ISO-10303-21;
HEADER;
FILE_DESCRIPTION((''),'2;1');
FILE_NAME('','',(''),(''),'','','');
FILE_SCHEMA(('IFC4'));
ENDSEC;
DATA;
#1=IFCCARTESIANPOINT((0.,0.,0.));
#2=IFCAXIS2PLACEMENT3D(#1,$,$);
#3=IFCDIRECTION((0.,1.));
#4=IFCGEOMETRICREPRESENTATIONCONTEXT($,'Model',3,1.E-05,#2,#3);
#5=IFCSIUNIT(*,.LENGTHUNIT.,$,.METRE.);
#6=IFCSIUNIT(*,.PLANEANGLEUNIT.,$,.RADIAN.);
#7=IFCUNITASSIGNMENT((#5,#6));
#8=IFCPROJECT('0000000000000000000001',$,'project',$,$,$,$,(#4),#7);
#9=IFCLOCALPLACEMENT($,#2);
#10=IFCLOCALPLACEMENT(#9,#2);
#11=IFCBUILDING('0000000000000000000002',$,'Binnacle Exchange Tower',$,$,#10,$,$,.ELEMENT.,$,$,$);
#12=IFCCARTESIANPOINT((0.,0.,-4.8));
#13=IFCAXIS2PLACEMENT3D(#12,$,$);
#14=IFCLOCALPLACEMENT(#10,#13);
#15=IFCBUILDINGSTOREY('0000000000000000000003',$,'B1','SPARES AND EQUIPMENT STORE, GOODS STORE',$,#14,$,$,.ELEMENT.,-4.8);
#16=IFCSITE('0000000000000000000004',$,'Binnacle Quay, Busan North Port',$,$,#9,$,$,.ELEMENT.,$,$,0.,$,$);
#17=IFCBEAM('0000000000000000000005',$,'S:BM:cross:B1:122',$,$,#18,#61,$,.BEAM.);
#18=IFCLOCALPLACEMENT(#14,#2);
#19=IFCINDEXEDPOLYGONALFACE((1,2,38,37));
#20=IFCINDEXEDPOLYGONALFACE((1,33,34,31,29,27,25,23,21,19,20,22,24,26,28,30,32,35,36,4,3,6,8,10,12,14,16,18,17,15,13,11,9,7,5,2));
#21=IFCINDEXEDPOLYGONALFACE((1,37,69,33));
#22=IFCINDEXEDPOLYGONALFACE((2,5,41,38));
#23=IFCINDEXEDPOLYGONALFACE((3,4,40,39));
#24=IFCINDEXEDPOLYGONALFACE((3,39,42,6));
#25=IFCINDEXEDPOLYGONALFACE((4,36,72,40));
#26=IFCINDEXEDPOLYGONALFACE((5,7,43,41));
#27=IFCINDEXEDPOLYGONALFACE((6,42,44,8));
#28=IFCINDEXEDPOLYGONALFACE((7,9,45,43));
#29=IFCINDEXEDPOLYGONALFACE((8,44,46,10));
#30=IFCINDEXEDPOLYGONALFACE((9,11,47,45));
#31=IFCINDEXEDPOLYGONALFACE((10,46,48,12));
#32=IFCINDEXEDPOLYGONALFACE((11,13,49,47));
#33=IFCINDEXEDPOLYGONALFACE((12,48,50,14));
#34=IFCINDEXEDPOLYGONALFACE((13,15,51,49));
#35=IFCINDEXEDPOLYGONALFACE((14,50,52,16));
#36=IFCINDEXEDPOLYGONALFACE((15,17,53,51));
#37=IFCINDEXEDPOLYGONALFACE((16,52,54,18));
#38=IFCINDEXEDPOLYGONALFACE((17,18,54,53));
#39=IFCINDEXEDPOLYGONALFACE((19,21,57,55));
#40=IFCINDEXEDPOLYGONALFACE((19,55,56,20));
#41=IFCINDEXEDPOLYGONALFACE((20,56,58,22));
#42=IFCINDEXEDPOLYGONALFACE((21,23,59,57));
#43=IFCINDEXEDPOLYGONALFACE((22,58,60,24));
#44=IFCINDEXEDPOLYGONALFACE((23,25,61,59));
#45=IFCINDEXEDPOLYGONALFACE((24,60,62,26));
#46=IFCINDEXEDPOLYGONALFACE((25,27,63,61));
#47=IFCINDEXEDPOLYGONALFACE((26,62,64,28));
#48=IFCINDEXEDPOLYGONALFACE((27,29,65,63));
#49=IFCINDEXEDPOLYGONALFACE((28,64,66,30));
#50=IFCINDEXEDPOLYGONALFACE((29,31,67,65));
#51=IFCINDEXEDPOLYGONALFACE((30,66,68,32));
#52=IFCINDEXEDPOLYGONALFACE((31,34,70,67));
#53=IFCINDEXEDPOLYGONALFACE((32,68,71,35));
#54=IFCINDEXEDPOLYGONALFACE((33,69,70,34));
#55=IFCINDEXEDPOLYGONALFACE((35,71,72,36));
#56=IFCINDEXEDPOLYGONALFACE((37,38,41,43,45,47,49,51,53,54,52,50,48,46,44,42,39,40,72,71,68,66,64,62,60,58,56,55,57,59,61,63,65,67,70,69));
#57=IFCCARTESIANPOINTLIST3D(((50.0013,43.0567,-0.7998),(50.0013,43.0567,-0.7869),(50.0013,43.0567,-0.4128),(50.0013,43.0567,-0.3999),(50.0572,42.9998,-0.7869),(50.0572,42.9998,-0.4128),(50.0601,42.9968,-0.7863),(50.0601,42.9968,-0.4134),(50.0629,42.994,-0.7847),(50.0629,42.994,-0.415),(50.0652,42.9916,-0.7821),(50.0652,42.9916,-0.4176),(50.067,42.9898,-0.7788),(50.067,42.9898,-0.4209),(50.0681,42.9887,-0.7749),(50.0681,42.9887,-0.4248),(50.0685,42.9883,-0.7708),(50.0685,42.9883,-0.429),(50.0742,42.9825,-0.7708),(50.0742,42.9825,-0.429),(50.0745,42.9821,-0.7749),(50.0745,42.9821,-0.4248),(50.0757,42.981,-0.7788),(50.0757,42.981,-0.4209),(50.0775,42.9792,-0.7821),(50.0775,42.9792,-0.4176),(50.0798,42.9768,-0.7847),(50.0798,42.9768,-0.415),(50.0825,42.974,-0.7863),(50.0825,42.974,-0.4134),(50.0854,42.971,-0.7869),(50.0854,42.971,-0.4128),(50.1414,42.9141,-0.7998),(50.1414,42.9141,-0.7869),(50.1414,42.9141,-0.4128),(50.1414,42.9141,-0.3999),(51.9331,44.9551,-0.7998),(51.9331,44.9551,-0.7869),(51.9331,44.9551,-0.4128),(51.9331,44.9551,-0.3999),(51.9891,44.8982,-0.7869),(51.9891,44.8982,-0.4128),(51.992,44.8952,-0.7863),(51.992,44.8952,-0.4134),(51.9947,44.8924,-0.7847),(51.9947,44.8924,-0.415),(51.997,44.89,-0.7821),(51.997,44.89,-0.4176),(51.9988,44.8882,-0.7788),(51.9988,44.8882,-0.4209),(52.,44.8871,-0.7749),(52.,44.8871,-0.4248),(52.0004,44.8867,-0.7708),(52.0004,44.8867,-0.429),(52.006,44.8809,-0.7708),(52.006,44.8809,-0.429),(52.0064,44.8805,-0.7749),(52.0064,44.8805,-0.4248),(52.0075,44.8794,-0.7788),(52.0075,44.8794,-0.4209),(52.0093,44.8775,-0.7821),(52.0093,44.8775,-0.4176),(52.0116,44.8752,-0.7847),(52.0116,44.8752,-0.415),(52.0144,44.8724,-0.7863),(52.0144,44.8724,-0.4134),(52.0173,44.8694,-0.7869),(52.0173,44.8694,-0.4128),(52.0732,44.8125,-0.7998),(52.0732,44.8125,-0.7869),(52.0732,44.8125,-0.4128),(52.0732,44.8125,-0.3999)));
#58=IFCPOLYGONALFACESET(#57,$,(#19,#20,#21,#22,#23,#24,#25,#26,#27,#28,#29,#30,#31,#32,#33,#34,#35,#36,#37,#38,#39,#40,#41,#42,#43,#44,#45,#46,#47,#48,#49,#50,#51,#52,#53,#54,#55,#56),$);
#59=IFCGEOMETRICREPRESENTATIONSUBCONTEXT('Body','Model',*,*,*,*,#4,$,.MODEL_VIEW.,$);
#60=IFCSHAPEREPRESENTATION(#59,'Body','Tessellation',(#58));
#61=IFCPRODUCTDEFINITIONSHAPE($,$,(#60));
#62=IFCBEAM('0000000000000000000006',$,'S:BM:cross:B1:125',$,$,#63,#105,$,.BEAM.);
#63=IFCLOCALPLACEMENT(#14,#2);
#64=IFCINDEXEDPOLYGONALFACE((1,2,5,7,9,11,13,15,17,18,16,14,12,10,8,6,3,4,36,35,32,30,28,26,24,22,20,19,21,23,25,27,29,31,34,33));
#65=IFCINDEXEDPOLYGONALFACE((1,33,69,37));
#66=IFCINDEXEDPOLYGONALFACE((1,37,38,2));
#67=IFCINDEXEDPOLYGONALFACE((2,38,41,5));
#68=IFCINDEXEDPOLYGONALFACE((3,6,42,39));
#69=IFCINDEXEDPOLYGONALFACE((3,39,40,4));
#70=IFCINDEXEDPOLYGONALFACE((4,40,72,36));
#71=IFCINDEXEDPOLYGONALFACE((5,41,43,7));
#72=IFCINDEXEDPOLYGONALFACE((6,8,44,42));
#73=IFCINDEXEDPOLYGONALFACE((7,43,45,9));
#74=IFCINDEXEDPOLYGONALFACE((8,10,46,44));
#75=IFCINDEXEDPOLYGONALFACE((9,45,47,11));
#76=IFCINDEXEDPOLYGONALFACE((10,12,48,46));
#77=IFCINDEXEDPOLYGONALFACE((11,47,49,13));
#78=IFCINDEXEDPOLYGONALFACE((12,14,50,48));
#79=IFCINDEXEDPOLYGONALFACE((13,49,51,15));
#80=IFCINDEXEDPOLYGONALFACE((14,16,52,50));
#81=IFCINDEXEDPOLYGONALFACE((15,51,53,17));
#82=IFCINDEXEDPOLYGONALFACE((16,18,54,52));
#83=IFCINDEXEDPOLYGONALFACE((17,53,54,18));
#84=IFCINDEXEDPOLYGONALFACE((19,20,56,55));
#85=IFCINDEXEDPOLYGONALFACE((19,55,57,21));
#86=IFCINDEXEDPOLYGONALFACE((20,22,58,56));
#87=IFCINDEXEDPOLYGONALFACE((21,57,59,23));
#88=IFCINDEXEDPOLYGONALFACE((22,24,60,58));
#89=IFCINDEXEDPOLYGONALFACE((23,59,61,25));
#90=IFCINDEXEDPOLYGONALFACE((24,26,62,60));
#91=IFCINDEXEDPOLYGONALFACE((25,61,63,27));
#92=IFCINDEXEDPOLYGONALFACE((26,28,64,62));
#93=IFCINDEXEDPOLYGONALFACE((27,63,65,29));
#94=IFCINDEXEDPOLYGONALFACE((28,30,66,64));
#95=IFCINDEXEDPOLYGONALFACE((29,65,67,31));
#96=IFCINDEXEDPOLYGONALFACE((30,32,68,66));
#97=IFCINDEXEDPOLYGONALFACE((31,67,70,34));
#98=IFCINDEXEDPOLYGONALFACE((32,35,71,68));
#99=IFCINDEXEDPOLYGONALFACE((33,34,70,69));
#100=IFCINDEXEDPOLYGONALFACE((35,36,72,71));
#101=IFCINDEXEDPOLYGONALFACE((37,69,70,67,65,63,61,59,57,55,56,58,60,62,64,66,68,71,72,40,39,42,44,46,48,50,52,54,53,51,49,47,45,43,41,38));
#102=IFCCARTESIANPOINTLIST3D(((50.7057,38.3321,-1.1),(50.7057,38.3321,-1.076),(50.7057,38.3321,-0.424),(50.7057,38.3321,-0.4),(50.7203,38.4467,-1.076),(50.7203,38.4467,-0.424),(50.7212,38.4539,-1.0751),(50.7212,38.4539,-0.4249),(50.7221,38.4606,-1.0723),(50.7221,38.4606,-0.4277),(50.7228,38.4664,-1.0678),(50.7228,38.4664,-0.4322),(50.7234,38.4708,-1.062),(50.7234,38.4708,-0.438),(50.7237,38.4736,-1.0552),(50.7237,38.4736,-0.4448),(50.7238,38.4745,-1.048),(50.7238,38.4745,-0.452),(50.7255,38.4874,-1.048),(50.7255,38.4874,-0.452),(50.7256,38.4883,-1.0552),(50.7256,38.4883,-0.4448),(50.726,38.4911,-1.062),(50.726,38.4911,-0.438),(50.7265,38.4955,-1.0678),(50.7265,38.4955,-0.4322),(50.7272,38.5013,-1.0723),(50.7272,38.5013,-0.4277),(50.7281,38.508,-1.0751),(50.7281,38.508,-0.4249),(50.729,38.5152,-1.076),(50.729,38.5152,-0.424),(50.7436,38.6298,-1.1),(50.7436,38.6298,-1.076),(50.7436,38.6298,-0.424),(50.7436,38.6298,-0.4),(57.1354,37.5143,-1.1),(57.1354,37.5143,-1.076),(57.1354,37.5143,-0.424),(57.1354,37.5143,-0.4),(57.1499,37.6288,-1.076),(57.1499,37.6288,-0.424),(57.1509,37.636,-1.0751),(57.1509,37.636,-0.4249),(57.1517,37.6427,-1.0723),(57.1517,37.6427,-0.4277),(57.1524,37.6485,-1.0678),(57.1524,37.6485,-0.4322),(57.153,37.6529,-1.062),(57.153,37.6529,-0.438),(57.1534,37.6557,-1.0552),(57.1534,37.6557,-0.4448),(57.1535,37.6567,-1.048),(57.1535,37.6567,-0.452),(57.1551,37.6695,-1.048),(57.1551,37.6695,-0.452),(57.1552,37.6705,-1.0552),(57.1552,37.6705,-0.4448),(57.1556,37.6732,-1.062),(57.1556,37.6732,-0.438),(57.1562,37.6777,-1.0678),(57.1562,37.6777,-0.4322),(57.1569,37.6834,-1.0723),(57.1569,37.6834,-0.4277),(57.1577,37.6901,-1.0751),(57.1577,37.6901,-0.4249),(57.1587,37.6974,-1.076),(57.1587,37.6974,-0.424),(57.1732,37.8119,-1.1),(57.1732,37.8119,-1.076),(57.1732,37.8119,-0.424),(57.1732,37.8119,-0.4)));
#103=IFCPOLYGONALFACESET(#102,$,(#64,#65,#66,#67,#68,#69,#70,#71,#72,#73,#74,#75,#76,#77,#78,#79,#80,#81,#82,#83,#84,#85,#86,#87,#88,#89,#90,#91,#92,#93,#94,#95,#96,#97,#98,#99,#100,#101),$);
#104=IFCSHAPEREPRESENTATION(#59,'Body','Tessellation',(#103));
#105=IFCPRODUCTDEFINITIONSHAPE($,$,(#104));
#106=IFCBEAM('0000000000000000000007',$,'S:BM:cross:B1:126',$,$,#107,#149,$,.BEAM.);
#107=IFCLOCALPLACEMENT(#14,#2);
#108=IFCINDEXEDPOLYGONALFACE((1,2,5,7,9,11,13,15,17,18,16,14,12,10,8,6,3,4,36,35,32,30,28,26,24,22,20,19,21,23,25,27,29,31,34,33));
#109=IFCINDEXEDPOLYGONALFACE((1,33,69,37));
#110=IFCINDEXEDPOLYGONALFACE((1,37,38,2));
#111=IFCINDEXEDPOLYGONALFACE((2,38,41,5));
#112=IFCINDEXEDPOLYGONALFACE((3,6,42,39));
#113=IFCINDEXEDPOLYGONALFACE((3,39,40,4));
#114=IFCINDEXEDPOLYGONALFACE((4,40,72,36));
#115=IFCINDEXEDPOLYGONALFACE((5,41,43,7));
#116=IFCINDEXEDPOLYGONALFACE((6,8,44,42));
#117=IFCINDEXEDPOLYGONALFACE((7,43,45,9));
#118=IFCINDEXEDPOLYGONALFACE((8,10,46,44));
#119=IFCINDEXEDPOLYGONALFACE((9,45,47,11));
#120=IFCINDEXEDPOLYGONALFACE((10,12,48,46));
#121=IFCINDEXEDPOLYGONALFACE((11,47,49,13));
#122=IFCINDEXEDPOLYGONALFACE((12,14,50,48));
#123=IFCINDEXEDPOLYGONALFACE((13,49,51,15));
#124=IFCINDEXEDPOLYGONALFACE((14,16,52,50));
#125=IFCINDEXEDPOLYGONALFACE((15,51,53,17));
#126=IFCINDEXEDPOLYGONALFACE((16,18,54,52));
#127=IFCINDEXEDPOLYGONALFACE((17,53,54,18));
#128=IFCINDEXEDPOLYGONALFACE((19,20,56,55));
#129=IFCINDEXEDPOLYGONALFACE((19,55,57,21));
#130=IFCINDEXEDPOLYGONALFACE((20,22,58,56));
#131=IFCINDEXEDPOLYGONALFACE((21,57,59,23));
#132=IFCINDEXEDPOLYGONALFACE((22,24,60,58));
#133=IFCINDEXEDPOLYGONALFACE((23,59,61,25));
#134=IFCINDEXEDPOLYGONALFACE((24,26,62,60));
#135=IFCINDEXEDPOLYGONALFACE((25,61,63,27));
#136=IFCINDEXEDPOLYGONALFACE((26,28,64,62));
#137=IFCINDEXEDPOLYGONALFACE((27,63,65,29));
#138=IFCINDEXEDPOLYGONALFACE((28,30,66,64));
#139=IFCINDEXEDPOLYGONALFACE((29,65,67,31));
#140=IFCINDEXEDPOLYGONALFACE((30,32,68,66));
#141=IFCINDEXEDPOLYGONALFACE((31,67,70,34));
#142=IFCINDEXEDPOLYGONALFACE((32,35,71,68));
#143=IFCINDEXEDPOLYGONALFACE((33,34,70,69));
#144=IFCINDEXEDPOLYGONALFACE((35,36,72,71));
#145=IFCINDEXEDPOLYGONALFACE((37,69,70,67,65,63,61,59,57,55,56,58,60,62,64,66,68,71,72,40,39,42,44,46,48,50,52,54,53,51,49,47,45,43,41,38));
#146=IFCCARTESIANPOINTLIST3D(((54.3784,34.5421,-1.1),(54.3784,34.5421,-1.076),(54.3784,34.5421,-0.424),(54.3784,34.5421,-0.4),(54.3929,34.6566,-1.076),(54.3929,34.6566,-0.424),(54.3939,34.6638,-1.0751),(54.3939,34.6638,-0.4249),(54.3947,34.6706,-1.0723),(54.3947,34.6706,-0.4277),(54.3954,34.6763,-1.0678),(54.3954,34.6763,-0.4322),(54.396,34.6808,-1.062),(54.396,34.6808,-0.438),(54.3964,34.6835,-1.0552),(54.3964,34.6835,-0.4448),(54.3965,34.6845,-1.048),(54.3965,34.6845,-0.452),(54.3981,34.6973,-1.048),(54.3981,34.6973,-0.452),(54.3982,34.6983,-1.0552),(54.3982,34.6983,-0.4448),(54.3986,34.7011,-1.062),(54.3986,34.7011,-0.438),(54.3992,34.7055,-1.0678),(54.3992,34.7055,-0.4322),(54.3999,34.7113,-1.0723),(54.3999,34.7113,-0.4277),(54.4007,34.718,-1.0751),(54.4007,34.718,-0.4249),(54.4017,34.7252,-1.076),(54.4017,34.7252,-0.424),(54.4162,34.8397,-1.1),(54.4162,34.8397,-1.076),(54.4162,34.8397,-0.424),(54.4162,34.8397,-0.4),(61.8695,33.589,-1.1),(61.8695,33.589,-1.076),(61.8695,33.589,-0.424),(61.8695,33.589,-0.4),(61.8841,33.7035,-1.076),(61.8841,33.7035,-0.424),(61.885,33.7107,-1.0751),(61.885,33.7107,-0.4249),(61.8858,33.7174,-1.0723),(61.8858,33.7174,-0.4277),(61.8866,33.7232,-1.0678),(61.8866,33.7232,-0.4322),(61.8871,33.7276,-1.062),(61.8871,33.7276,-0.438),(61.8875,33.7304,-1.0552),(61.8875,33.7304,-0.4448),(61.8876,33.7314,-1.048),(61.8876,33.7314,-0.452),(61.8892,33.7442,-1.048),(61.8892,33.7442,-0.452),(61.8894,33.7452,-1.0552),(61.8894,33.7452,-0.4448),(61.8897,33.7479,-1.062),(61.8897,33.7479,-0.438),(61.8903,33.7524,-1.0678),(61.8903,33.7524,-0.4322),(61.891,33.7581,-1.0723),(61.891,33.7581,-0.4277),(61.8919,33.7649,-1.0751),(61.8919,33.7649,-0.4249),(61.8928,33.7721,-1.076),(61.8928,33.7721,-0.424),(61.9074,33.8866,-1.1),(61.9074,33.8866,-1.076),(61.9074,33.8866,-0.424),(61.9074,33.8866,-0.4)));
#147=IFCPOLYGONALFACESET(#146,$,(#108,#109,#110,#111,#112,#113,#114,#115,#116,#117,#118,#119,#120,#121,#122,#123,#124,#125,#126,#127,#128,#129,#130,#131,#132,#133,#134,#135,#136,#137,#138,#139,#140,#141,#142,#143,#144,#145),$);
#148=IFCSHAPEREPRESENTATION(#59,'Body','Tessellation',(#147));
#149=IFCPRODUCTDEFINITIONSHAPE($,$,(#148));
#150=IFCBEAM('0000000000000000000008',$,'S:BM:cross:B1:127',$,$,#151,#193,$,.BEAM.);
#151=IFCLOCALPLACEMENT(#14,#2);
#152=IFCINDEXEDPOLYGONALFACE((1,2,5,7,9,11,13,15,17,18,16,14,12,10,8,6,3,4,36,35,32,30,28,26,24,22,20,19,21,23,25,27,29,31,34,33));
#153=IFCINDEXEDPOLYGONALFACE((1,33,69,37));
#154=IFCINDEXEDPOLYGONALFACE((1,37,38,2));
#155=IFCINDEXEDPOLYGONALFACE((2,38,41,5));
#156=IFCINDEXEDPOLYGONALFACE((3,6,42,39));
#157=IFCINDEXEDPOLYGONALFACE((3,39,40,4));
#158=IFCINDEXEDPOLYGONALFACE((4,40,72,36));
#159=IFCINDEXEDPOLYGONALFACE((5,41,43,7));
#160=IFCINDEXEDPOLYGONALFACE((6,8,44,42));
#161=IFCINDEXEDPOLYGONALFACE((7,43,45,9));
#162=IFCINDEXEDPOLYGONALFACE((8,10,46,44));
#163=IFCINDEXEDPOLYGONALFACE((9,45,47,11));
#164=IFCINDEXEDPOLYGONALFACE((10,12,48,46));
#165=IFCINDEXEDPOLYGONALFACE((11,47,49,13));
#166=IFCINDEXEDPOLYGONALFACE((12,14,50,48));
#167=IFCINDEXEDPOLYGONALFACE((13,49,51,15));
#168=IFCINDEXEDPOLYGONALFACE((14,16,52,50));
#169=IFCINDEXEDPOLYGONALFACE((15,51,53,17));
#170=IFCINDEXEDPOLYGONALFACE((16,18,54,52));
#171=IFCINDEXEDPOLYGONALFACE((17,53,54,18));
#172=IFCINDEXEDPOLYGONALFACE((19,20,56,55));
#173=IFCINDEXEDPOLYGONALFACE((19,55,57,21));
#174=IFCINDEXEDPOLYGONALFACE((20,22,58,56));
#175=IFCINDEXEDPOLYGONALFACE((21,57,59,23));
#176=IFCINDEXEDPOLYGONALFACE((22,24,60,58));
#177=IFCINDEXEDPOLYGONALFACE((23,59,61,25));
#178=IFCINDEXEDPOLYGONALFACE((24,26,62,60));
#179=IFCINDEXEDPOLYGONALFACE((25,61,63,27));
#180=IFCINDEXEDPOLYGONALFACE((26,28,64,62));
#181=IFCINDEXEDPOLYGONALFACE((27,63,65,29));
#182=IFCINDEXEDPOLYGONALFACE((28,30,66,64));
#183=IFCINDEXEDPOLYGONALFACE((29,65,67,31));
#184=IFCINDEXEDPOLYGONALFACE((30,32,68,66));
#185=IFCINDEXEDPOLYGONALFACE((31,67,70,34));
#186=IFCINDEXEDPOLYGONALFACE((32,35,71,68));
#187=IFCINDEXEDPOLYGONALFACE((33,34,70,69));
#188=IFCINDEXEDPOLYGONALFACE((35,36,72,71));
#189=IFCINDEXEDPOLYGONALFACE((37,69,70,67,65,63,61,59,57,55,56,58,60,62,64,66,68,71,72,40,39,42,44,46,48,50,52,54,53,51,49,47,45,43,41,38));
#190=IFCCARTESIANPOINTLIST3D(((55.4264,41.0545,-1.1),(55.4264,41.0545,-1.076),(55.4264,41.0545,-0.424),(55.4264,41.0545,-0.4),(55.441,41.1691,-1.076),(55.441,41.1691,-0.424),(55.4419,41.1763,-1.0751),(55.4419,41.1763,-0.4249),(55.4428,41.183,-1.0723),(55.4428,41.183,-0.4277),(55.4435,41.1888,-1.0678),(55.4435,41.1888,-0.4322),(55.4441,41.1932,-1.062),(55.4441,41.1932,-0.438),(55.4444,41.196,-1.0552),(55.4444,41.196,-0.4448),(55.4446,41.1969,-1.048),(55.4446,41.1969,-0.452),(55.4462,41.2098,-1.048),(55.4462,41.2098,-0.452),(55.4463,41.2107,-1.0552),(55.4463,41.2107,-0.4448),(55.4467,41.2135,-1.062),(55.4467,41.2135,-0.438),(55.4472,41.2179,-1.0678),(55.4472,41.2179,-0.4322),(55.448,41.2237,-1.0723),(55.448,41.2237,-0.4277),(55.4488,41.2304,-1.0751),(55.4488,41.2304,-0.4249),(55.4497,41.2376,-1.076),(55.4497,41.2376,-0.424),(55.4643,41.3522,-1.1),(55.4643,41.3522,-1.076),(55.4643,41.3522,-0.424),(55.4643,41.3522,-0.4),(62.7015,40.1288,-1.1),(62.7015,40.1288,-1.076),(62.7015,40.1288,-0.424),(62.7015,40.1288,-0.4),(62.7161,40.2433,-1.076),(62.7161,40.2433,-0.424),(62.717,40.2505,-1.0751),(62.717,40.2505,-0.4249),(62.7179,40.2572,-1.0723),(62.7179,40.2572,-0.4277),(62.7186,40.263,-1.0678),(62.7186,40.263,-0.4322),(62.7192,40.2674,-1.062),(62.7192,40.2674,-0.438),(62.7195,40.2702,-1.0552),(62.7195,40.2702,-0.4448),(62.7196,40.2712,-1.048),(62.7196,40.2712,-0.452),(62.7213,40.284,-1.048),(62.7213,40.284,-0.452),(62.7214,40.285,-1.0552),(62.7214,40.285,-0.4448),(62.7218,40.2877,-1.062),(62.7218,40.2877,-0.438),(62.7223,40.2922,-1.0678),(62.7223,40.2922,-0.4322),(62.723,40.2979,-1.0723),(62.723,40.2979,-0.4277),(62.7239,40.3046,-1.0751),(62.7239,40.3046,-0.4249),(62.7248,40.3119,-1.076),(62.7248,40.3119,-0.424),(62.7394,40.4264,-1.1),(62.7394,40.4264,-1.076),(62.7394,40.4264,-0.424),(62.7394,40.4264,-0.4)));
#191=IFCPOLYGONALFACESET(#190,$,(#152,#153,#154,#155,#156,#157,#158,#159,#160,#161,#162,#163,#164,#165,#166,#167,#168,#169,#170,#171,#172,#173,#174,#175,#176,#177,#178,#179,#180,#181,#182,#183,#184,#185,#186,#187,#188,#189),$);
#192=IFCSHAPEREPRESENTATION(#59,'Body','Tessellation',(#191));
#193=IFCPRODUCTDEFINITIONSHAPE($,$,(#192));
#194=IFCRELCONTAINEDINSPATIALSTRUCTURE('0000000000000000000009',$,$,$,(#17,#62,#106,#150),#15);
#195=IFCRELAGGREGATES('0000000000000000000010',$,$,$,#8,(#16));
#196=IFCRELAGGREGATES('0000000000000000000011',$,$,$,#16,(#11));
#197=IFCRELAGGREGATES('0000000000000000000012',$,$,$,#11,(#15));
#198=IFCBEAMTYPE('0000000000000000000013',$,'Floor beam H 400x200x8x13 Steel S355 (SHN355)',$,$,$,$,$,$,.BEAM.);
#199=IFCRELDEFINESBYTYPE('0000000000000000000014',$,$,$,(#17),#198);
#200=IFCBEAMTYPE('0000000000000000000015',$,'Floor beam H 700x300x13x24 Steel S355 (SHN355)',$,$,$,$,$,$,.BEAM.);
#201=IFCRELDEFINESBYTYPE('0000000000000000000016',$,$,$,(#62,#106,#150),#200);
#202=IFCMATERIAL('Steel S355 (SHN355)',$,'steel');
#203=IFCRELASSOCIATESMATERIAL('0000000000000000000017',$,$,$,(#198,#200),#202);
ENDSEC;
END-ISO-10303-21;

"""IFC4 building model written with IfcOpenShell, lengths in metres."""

from ifc_helpers import new_model, si_unit, direction, frame, origin, origin_2d, place, context, subcontext, project, spatial, i_section, extrude, material, material_profile, profile_set, type_object, element, save


model = new_model("IFC4")

# Units and contexts
model_context = context("Model", 3, precision=1e-05, world=origin(), true_north=direction((0.0, 1.0)))
body_context = subcontext(model_context, "Body", "Model", "MODEL_VIEW")
ifc_project = project(units=[si_unit("LENGTHUNIT", "METRE"), si_unit("PLANEANGLEUNIT", "RADIAN")], contexts=[model_context])

# Site, building, storey
site_placement = place(None, origin())
site = spatial("IfcSite", under=ifc_project, at=site_placement, Name="Binnacle Quay, Busan North Port", CompositionType="ELEMENT", RefElevation=0.0)
building_placement = place(site_placement, origin())
building = spatial("IfcBuilding", under=site, at=building_placement, Name="Binnacle Exchange Tower", CompositionType="ELEMENT")
storey_placement = place(building_placement, frame((0.0, 0.0, -4.8)))
storey = spatial("IfcBuildingStorey", under=building, at=storey_placement, Name="B1", Description="SPARES AND EQUIPMENT STORE, GOODS STORE", CompositionType="ELEMENT", Elevation=-4.8)

# Beams
ifc_material_1 = material(Name="Steel S355 (SHN355)", Category="steel")
ifc_material_profile_1 = material_profile(ifc_material_1, i_section(OverallWidth=0.2, OverallDepth=0.3999, WebThickness=0.0081, FlangeThickness=0.0129, FilletRadius=0.0161, at=origin_2d()), Name="H 400x200x8x13")
ifc_profile_set_1 = profile_set([ifc_material_profile_1], Name="Steel S355 (SHN355)")
beam_type_1 = type_object("IfcBeamType", Name="Floor beam H 400x200x8x13 Steel S355 (SHN355)", PredefinedType="BEAM", material=ifc_profile_set_1)
beam_1_placement = place(storey_placement, frame((52.0032, 44.8838, -0.5999), z_axis=(-0.713254, -0.700905, 0.0), x_axis=(0.700905, -0.713254, 0.0)))
element("IfcBeam", 1, at=beam_1_placement, inside=storey, type_object=beam_type_1, Name="S:BM:cross:B1:122", PredefinedType="BEAM", context=body_context, shape_type="SweptSolid", body=[
    extrude(i_section(OverallWidth=0.2, OverallDepth=0.3999, WebThickness=0.0081, FlangeThickness=0.0129, FilletRadius=0.0161, at=origin_2d()), origin(), (0.0, 0.0, 1.0), 2.7085),
])
ifc_material_profile_2 = material_profile(ifc_material_1, i_section(OverallWidth=0.3, OverallDepth=0.7, WebThickness=0.0129, FlangeThickness=0.0239, FilletRadius=0.0281, at=origin_2d()), Name="H 700x300x13x24")
ifc_profile_set_2 = profile_set([ifc_material_profile_2], Name="Steel S355 (SHN355)")
beam_type_2 = type_object("IfcBeamType", Name="Floor beam H 700x300x13x24 Steel S355 (SHN355)", PredefinedType="BEAM", material=ifc_profile_set_2)
beam_2_placement = place(storey_placement, frame((57.1543, 37.6631, -0.75), z_axis=(-0.992007, 0.126186, 0.0), x_axis=(-0.126186, -0.992007, 0.0)))
element("IfcBeam", 2, at=beam_2_placement, inside=storey, type_object=beam_type_2, Name="S:BM:cross:B1:125", PredefinedType="BEAM", context=body_context, shape_type="SweptSolid", body=[
    extrude(i_section(OverallWidth=0.3, OverallDepth=0.7, WebThickness=0.0129, FlangeThickness=0.0239, FilletRadius=0.0281, at=origin_2d()), origin(), (0.0, 0.0, 1.0), 6.4814),
])
beam_3_placement = place(storey_placement, frame((61.8884, 33.7378, -0.75), z_axis=(-0.992003, 0.126215, 0.0), x_axis=(-0.126215, -0.992003, 0.0)))
element("IfcBeam", 3, at=beam_3_placement, inside=storey, type_object=beam_type_2, Name="S:BM:cross:B1:126", PredefinedType="BEAM", context=body_context, shape_type="SweptSolid", body=[
    extrude(i_section(OverallWidth=0.3, OverallDepth=0.7, WebThickness=0.0129, FlangeThickness=0.0239, FilletRadius=0.0281, at=origin_2d()), origin(), (0.0, 0.0, 1.0), 7.5515),
])
beam_4_placement = place(storey_placement, frame((62.7205, 40.2776, -0.75), z_axis=(-0.992, 0.126235, 0.0), x_axis=(-0.126235, -0.992, 0.0)))
element("IfcBeam", 4, at=beam_4_placement, inside=storey, type_object=beam_type_2, Name="S:BM:cross:B1:127", PredefinedType="BEAM", context=body_context, shape_type="SweptSolid", body=[
    extrude(i_section(OverallWidth=0.3, OverallDepth=0.7, WebThickness=0.0129, FlangeThickness=0.0239, FilletRadius=0.0281, at=origin_2d()), origin(), (0.0, 0.0, 1.0), 7.3337),
])

save(model, "model.ifc")
